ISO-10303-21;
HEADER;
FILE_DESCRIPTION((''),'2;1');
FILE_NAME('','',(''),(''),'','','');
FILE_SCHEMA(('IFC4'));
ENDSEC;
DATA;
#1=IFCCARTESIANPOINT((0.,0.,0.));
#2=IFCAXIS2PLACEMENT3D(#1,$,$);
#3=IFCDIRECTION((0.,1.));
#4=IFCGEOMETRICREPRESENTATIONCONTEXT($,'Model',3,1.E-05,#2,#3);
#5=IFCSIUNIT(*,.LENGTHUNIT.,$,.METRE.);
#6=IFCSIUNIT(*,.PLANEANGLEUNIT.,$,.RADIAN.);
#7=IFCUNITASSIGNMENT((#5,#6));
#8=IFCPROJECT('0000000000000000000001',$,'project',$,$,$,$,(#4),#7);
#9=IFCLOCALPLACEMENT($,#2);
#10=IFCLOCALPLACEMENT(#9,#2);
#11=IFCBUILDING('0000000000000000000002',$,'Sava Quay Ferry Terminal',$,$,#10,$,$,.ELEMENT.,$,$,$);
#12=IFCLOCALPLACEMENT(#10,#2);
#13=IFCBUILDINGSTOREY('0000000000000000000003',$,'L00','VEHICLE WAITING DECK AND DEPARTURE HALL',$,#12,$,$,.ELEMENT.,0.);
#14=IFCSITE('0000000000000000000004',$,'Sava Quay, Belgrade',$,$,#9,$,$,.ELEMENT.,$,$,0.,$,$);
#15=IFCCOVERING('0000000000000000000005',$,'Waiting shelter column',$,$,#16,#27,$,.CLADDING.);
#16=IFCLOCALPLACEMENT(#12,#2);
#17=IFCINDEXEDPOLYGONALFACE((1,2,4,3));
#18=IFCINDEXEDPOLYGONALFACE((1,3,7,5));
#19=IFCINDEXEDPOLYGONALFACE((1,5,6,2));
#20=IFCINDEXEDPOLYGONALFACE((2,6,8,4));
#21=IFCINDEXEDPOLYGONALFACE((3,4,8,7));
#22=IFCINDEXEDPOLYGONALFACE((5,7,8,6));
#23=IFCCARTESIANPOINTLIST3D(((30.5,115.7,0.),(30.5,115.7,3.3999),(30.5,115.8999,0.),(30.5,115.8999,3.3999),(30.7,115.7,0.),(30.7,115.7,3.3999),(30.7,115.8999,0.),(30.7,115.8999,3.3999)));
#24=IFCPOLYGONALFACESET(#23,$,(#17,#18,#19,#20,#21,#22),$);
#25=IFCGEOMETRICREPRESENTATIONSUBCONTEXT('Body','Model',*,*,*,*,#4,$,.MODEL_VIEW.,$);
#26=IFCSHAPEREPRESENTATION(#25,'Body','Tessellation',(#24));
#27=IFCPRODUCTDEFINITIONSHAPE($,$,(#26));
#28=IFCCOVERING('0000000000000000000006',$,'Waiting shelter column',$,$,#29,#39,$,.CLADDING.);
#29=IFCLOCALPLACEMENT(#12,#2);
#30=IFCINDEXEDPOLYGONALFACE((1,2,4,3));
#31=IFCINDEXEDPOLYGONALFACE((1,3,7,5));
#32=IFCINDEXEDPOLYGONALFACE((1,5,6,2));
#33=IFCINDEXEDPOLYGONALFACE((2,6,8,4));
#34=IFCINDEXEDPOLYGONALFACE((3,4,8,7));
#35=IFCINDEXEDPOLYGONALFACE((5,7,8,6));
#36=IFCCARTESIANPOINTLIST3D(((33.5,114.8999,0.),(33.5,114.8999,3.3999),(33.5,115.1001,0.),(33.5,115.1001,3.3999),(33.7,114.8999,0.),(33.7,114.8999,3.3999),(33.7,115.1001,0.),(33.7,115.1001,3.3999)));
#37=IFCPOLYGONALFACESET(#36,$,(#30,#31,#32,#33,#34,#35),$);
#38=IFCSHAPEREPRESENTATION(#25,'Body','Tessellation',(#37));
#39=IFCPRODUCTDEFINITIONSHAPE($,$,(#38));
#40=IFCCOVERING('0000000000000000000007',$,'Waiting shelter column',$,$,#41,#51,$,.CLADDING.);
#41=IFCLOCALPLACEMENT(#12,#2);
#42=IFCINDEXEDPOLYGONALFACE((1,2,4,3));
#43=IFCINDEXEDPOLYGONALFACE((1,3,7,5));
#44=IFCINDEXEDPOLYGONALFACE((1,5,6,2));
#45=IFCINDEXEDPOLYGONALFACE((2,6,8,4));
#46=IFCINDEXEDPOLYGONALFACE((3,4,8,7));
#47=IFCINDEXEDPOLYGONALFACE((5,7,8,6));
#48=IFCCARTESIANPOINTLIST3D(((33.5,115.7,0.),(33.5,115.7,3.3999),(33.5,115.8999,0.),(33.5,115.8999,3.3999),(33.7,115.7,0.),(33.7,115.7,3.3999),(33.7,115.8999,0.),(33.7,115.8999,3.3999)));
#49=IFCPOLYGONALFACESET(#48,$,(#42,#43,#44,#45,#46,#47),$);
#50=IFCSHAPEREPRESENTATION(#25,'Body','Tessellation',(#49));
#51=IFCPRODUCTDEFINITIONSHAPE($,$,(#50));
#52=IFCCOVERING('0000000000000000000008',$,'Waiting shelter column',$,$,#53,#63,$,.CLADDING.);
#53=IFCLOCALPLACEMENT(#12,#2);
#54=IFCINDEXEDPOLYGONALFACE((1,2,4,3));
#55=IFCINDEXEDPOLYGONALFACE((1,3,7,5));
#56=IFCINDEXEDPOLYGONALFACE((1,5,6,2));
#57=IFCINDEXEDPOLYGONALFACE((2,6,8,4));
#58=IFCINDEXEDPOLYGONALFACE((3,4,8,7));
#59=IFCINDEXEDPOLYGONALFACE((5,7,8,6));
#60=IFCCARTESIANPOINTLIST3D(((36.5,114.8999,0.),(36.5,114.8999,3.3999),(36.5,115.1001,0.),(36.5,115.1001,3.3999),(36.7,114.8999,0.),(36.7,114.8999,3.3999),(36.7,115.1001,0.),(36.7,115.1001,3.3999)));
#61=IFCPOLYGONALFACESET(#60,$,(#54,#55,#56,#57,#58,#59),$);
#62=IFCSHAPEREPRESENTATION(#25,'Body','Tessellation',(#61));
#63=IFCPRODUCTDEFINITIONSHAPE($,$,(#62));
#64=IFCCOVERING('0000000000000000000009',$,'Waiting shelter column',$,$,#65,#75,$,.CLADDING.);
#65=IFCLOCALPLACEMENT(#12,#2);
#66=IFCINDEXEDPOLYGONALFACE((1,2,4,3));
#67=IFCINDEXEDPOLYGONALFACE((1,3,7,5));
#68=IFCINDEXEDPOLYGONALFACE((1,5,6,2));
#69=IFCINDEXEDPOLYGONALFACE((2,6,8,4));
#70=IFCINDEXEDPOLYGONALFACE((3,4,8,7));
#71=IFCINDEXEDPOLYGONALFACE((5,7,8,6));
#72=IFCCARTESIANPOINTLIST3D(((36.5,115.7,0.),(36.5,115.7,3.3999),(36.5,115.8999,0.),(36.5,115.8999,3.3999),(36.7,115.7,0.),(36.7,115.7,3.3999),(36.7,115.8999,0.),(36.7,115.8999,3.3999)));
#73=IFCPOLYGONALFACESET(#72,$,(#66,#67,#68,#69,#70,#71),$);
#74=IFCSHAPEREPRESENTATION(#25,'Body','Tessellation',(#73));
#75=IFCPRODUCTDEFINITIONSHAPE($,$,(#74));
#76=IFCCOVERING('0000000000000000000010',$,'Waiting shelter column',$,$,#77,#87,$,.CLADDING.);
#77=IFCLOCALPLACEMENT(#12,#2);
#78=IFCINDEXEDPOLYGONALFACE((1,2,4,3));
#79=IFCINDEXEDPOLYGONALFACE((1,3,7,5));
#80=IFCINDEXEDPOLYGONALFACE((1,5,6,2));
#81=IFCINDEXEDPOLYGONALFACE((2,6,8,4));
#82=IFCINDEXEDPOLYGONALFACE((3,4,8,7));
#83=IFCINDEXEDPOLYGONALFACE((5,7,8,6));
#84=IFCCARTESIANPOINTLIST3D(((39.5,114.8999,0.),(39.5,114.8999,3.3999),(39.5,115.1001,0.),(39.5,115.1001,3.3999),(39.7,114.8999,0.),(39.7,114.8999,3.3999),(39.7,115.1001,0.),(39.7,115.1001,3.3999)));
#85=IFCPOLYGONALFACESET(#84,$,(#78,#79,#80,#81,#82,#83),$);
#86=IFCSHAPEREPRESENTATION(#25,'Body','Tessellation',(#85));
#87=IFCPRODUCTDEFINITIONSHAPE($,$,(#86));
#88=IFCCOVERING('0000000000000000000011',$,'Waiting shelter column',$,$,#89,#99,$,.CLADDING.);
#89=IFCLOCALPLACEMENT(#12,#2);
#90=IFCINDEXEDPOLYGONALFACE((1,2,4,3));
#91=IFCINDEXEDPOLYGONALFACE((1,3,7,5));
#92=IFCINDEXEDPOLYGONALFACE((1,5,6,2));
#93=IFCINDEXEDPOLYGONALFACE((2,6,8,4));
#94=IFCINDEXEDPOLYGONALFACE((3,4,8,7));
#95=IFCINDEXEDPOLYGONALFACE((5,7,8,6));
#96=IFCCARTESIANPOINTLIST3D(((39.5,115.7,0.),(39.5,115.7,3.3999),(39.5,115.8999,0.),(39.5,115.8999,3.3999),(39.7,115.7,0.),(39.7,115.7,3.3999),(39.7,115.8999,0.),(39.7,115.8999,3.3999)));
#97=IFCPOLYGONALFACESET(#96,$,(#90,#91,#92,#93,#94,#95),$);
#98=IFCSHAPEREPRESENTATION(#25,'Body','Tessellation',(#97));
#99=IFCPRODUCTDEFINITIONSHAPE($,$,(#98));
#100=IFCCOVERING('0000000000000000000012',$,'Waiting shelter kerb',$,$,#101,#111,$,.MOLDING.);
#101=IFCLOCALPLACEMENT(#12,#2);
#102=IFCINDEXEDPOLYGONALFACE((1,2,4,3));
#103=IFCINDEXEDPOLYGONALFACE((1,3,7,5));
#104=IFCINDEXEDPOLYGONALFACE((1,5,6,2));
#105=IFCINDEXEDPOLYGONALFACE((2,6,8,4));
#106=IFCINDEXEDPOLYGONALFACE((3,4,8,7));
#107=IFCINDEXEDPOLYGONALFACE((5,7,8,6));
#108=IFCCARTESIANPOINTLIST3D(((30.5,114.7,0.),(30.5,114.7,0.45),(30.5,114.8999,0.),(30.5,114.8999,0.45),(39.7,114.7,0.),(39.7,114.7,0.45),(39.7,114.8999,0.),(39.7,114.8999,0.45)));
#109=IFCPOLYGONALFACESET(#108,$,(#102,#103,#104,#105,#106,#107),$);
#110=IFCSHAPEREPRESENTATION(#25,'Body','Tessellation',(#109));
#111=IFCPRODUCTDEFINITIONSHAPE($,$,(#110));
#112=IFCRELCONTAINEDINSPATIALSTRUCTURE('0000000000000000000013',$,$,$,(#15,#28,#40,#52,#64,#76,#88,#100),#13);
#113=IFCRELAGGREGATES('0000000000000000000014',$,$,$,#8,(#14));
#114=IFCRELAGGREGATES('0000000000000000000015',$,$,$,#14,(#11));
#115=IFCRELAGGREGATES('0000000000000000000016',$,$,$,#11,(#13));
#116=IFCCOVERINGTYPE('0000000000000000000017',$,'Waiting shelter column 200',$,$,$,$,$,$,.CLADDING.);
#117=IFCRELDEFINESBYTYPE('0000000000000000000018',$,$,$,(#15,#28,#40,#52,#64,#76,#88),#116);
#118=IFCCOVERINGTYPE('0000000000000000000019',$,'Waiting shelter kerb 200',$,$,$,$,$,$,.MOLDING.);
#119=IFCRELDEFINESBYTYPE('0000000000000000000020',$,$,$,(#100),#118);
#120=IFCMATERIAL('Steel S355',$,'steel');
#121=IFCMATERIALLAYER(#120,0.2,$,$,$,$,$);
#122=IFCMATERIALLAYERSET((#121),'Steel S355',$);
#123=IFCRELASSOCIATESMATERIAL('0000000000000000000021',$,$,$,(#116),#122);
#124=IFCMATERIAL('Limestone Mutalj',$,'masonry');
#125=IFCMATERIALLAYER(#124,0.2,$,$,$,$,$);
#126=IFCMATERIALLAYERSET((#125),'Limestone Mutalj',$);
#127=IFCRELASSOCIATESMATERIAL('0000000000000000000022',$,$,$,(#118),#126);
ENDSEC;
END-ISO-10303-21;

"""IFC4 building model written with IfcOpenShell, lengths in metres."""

from ifc_helpers import new_model, si_unit, direction, origin, place, context, subcontext, project, spatial, polyline, outline, extrude, material, layer, layer_set, type_object, element, save


model = new_model("IFC4")

# Units and contexts
model_context = context("Model", 3, precision=1e-05, world=origin(), true_north=direction((0.0, 1.0)))
body_context = subcontext(model_context, "Body", "Model", "MODEL_VIEW")
ifc_project = project(units=[si_unit("LENGTHUNIT", "METRE"), si_unit("PLANEANGLEUNIT", "RADIAN")], contexts=[model_context])

# Site, building, storey
site_placement = place(None, origin())
site = spatial("IfcSite", under=ifc_project, at=site_placement, Name="Sava Quay, Belgrade", CompositionType="ELEMENT", RefElevation=0.0)
building_placement = place(site_placement, origin())
building = spatial("IfcBuilding", under=site, at=building_placement, Name="Sava Quay Ferry Terminal", CompositionType="ELEMENT")
storey_placement = place(building_placement, origin())
storey = spatial("IfcBuildingStorey", under=building, at=storey_placement, Name="L00", Description="VEHICLE WAITING DECK AND DEPARTURE HALL", CompositionType="ELEMENT", Elevation=0.0)

# Coverings
ifc_material_1 = material(Name="Steel S355", Category="steel")
ifc_layer_1 = layer(ifc_material_1, 0.2)
ifc_layer_set_1 = layer_set([ifc_layer_1], Name="Steel S355")
covering_type_1 = type_object("IfcCoveringType", Name="Waiting shelter column 200", PredefinedType="CLADDING", material=ifc_layer_set_1)
covering_1_placement = place(storey_placement, origin())
element("IfcCovering", 1, at=covering_1_placement, inside=storey, type_object=covering_type_1, Name="Waiting shelter column", PredefinedType="CLADDING", context=body_context, shape_type="SweptSolid", body=[
    extrude(outline(polyline([(30.7, 115.7), (30.7, 115.8999), (30.5, 115.8999), (30.5, 115.7), (30.7, 115.7)])), origin(), (0.0, 0.0, 1.0), 3.3999),
])
covering_2_placement = place(storey_placement, origin())
element("IfcCovering", 2, at=covering_2_placement, inside=storey, type_object=covering_type_1, Name="Waiting shelter column", PredefinedType="CLADDING", context=body_context, shape_type="SweptSolid", body=[
    extrude(outline(polyline([(33.7, 114.8999), (33.7, 115.1001), (33.5, 115.1001), (33.5, 114.8999), (33.7, 114.8999)])), origin(), (0.0, 0.0, 1.0), 3.3999),
])
covering_3_placement = place(storey_placement, origin())
element("IfcCovering", 3, at=covering_3_placement, inside=storey, type_object=covering_type_1, Name="Waiting shelter column", PredefinedType="CLADDING", context=body_context, shape_type="SweptSolid", body=[
    extrude(outline(polyline([(33.7, 115.7), (33.7, 115.8999), (33.5, 115.8999), (33.5, 115.7), (33.7, 115.7)])), origin(), (0.0, 0.0, 1.0), 3.3999),
])
covering_4_placement = place(storey_placement, origin())
element("IfcCovering", 4, at=covering_4_placement, inside=storey, type_object=covering_type_1, Name="Waiting shelter column", PredefinedType="CLADDING", context=body_context, shape_type="SweptSolid", body=[
    extrude(outline(polyline([(36.7, 114.8999), (36.7, 115.1001), (36.5, 115.1001), (36.5, 114.8999), (36.7, 114.8999)])), origin(), (0.0, 0.0, 1.0), 3.3999),
])
covering_5_placement = place(storey_placement, origin())
element("IfcCovering", 5, at=covering_5_placement, inside=storey, type_object=covering_type_1, Name="Waiting shelter column", PredefinedType="CLADDING", context=body_context, shape_type="SweptSolid", body=[
    extrude(outline(polyline([(36.7, 115.7), (36.7, 115.8999), (36.5, 115.8999), (36.5, 115.7), (36.7, 115.7)])), origin(), (0.0, 0.0, 1.0), 3.3999),
])
covering_6_placement = place(storey_placement, origin())
element("IfcCovering", 6, at=covering_6_placement, inside=storey, type_object=covering_type_1, Name="Waiting shelter column", PredefinedType="CLADDING", context=body_context, shape_type="SweptSolid", body=[
    extrude(outline(polyline([(39.7, 114.8999), (39.7, 115.1001), (39.5, 115.1001), (39.5, 114.8999), (39.7, 114.8999)])), origin(), (0.0, 0.0, 1.0), 3.3999),
])
covering_7_placement = place(storey_placement, origin())
element("IfcCovering", 7, at=covering_7_placement, inside=storey, type_object=covering_type_1, Name="Waiting shelter column", PredefinedType="CLADDING", context=body_context, shape_type="SweptSolid", body=[
    extrude(outline(polyline([(39.7, 115.7), (39.7, 115.8999), (39.5, 115.8999), (39.5, 115.7), (39.7, 115.7)])), origin(), (0.0, 0.0, 1.0), 3.3999),
])
ifc_material_2 = material(Name="Limestone Mutalj", Category="masonry")
ifc_layer_2 = layer(ifc_material_2, 0.2)
ifc_layer_set_2 = layer_set([ifc_layer_2], Name="Limestone Mutalj")
covering_type_2 = type_object("IfcCoveringType", Name="Waiting shelter kerb 200", PredefinedType="MOLDING", material=ifc_layer_set_2)
covering_8_placement = place(storey_placement, origin())
element("IfcCovering", 8, at=covering_8_placement, inside=storey, type_object=covering_type_2, Name="Waiting shelter kerb", PredefinedType="MOLDING", context=body_context, shape_type="SweptSolid", body=[
    extrude(outline(polyline([(39.7, 114.7), (39.7, 114.8999), (30.5, 114.8999), (30.5, 114.7), (39.7, 114.7)])), origin(), (0.0, 0.0, 1.0), 0.45),
])

save(model, "model.ifc")
